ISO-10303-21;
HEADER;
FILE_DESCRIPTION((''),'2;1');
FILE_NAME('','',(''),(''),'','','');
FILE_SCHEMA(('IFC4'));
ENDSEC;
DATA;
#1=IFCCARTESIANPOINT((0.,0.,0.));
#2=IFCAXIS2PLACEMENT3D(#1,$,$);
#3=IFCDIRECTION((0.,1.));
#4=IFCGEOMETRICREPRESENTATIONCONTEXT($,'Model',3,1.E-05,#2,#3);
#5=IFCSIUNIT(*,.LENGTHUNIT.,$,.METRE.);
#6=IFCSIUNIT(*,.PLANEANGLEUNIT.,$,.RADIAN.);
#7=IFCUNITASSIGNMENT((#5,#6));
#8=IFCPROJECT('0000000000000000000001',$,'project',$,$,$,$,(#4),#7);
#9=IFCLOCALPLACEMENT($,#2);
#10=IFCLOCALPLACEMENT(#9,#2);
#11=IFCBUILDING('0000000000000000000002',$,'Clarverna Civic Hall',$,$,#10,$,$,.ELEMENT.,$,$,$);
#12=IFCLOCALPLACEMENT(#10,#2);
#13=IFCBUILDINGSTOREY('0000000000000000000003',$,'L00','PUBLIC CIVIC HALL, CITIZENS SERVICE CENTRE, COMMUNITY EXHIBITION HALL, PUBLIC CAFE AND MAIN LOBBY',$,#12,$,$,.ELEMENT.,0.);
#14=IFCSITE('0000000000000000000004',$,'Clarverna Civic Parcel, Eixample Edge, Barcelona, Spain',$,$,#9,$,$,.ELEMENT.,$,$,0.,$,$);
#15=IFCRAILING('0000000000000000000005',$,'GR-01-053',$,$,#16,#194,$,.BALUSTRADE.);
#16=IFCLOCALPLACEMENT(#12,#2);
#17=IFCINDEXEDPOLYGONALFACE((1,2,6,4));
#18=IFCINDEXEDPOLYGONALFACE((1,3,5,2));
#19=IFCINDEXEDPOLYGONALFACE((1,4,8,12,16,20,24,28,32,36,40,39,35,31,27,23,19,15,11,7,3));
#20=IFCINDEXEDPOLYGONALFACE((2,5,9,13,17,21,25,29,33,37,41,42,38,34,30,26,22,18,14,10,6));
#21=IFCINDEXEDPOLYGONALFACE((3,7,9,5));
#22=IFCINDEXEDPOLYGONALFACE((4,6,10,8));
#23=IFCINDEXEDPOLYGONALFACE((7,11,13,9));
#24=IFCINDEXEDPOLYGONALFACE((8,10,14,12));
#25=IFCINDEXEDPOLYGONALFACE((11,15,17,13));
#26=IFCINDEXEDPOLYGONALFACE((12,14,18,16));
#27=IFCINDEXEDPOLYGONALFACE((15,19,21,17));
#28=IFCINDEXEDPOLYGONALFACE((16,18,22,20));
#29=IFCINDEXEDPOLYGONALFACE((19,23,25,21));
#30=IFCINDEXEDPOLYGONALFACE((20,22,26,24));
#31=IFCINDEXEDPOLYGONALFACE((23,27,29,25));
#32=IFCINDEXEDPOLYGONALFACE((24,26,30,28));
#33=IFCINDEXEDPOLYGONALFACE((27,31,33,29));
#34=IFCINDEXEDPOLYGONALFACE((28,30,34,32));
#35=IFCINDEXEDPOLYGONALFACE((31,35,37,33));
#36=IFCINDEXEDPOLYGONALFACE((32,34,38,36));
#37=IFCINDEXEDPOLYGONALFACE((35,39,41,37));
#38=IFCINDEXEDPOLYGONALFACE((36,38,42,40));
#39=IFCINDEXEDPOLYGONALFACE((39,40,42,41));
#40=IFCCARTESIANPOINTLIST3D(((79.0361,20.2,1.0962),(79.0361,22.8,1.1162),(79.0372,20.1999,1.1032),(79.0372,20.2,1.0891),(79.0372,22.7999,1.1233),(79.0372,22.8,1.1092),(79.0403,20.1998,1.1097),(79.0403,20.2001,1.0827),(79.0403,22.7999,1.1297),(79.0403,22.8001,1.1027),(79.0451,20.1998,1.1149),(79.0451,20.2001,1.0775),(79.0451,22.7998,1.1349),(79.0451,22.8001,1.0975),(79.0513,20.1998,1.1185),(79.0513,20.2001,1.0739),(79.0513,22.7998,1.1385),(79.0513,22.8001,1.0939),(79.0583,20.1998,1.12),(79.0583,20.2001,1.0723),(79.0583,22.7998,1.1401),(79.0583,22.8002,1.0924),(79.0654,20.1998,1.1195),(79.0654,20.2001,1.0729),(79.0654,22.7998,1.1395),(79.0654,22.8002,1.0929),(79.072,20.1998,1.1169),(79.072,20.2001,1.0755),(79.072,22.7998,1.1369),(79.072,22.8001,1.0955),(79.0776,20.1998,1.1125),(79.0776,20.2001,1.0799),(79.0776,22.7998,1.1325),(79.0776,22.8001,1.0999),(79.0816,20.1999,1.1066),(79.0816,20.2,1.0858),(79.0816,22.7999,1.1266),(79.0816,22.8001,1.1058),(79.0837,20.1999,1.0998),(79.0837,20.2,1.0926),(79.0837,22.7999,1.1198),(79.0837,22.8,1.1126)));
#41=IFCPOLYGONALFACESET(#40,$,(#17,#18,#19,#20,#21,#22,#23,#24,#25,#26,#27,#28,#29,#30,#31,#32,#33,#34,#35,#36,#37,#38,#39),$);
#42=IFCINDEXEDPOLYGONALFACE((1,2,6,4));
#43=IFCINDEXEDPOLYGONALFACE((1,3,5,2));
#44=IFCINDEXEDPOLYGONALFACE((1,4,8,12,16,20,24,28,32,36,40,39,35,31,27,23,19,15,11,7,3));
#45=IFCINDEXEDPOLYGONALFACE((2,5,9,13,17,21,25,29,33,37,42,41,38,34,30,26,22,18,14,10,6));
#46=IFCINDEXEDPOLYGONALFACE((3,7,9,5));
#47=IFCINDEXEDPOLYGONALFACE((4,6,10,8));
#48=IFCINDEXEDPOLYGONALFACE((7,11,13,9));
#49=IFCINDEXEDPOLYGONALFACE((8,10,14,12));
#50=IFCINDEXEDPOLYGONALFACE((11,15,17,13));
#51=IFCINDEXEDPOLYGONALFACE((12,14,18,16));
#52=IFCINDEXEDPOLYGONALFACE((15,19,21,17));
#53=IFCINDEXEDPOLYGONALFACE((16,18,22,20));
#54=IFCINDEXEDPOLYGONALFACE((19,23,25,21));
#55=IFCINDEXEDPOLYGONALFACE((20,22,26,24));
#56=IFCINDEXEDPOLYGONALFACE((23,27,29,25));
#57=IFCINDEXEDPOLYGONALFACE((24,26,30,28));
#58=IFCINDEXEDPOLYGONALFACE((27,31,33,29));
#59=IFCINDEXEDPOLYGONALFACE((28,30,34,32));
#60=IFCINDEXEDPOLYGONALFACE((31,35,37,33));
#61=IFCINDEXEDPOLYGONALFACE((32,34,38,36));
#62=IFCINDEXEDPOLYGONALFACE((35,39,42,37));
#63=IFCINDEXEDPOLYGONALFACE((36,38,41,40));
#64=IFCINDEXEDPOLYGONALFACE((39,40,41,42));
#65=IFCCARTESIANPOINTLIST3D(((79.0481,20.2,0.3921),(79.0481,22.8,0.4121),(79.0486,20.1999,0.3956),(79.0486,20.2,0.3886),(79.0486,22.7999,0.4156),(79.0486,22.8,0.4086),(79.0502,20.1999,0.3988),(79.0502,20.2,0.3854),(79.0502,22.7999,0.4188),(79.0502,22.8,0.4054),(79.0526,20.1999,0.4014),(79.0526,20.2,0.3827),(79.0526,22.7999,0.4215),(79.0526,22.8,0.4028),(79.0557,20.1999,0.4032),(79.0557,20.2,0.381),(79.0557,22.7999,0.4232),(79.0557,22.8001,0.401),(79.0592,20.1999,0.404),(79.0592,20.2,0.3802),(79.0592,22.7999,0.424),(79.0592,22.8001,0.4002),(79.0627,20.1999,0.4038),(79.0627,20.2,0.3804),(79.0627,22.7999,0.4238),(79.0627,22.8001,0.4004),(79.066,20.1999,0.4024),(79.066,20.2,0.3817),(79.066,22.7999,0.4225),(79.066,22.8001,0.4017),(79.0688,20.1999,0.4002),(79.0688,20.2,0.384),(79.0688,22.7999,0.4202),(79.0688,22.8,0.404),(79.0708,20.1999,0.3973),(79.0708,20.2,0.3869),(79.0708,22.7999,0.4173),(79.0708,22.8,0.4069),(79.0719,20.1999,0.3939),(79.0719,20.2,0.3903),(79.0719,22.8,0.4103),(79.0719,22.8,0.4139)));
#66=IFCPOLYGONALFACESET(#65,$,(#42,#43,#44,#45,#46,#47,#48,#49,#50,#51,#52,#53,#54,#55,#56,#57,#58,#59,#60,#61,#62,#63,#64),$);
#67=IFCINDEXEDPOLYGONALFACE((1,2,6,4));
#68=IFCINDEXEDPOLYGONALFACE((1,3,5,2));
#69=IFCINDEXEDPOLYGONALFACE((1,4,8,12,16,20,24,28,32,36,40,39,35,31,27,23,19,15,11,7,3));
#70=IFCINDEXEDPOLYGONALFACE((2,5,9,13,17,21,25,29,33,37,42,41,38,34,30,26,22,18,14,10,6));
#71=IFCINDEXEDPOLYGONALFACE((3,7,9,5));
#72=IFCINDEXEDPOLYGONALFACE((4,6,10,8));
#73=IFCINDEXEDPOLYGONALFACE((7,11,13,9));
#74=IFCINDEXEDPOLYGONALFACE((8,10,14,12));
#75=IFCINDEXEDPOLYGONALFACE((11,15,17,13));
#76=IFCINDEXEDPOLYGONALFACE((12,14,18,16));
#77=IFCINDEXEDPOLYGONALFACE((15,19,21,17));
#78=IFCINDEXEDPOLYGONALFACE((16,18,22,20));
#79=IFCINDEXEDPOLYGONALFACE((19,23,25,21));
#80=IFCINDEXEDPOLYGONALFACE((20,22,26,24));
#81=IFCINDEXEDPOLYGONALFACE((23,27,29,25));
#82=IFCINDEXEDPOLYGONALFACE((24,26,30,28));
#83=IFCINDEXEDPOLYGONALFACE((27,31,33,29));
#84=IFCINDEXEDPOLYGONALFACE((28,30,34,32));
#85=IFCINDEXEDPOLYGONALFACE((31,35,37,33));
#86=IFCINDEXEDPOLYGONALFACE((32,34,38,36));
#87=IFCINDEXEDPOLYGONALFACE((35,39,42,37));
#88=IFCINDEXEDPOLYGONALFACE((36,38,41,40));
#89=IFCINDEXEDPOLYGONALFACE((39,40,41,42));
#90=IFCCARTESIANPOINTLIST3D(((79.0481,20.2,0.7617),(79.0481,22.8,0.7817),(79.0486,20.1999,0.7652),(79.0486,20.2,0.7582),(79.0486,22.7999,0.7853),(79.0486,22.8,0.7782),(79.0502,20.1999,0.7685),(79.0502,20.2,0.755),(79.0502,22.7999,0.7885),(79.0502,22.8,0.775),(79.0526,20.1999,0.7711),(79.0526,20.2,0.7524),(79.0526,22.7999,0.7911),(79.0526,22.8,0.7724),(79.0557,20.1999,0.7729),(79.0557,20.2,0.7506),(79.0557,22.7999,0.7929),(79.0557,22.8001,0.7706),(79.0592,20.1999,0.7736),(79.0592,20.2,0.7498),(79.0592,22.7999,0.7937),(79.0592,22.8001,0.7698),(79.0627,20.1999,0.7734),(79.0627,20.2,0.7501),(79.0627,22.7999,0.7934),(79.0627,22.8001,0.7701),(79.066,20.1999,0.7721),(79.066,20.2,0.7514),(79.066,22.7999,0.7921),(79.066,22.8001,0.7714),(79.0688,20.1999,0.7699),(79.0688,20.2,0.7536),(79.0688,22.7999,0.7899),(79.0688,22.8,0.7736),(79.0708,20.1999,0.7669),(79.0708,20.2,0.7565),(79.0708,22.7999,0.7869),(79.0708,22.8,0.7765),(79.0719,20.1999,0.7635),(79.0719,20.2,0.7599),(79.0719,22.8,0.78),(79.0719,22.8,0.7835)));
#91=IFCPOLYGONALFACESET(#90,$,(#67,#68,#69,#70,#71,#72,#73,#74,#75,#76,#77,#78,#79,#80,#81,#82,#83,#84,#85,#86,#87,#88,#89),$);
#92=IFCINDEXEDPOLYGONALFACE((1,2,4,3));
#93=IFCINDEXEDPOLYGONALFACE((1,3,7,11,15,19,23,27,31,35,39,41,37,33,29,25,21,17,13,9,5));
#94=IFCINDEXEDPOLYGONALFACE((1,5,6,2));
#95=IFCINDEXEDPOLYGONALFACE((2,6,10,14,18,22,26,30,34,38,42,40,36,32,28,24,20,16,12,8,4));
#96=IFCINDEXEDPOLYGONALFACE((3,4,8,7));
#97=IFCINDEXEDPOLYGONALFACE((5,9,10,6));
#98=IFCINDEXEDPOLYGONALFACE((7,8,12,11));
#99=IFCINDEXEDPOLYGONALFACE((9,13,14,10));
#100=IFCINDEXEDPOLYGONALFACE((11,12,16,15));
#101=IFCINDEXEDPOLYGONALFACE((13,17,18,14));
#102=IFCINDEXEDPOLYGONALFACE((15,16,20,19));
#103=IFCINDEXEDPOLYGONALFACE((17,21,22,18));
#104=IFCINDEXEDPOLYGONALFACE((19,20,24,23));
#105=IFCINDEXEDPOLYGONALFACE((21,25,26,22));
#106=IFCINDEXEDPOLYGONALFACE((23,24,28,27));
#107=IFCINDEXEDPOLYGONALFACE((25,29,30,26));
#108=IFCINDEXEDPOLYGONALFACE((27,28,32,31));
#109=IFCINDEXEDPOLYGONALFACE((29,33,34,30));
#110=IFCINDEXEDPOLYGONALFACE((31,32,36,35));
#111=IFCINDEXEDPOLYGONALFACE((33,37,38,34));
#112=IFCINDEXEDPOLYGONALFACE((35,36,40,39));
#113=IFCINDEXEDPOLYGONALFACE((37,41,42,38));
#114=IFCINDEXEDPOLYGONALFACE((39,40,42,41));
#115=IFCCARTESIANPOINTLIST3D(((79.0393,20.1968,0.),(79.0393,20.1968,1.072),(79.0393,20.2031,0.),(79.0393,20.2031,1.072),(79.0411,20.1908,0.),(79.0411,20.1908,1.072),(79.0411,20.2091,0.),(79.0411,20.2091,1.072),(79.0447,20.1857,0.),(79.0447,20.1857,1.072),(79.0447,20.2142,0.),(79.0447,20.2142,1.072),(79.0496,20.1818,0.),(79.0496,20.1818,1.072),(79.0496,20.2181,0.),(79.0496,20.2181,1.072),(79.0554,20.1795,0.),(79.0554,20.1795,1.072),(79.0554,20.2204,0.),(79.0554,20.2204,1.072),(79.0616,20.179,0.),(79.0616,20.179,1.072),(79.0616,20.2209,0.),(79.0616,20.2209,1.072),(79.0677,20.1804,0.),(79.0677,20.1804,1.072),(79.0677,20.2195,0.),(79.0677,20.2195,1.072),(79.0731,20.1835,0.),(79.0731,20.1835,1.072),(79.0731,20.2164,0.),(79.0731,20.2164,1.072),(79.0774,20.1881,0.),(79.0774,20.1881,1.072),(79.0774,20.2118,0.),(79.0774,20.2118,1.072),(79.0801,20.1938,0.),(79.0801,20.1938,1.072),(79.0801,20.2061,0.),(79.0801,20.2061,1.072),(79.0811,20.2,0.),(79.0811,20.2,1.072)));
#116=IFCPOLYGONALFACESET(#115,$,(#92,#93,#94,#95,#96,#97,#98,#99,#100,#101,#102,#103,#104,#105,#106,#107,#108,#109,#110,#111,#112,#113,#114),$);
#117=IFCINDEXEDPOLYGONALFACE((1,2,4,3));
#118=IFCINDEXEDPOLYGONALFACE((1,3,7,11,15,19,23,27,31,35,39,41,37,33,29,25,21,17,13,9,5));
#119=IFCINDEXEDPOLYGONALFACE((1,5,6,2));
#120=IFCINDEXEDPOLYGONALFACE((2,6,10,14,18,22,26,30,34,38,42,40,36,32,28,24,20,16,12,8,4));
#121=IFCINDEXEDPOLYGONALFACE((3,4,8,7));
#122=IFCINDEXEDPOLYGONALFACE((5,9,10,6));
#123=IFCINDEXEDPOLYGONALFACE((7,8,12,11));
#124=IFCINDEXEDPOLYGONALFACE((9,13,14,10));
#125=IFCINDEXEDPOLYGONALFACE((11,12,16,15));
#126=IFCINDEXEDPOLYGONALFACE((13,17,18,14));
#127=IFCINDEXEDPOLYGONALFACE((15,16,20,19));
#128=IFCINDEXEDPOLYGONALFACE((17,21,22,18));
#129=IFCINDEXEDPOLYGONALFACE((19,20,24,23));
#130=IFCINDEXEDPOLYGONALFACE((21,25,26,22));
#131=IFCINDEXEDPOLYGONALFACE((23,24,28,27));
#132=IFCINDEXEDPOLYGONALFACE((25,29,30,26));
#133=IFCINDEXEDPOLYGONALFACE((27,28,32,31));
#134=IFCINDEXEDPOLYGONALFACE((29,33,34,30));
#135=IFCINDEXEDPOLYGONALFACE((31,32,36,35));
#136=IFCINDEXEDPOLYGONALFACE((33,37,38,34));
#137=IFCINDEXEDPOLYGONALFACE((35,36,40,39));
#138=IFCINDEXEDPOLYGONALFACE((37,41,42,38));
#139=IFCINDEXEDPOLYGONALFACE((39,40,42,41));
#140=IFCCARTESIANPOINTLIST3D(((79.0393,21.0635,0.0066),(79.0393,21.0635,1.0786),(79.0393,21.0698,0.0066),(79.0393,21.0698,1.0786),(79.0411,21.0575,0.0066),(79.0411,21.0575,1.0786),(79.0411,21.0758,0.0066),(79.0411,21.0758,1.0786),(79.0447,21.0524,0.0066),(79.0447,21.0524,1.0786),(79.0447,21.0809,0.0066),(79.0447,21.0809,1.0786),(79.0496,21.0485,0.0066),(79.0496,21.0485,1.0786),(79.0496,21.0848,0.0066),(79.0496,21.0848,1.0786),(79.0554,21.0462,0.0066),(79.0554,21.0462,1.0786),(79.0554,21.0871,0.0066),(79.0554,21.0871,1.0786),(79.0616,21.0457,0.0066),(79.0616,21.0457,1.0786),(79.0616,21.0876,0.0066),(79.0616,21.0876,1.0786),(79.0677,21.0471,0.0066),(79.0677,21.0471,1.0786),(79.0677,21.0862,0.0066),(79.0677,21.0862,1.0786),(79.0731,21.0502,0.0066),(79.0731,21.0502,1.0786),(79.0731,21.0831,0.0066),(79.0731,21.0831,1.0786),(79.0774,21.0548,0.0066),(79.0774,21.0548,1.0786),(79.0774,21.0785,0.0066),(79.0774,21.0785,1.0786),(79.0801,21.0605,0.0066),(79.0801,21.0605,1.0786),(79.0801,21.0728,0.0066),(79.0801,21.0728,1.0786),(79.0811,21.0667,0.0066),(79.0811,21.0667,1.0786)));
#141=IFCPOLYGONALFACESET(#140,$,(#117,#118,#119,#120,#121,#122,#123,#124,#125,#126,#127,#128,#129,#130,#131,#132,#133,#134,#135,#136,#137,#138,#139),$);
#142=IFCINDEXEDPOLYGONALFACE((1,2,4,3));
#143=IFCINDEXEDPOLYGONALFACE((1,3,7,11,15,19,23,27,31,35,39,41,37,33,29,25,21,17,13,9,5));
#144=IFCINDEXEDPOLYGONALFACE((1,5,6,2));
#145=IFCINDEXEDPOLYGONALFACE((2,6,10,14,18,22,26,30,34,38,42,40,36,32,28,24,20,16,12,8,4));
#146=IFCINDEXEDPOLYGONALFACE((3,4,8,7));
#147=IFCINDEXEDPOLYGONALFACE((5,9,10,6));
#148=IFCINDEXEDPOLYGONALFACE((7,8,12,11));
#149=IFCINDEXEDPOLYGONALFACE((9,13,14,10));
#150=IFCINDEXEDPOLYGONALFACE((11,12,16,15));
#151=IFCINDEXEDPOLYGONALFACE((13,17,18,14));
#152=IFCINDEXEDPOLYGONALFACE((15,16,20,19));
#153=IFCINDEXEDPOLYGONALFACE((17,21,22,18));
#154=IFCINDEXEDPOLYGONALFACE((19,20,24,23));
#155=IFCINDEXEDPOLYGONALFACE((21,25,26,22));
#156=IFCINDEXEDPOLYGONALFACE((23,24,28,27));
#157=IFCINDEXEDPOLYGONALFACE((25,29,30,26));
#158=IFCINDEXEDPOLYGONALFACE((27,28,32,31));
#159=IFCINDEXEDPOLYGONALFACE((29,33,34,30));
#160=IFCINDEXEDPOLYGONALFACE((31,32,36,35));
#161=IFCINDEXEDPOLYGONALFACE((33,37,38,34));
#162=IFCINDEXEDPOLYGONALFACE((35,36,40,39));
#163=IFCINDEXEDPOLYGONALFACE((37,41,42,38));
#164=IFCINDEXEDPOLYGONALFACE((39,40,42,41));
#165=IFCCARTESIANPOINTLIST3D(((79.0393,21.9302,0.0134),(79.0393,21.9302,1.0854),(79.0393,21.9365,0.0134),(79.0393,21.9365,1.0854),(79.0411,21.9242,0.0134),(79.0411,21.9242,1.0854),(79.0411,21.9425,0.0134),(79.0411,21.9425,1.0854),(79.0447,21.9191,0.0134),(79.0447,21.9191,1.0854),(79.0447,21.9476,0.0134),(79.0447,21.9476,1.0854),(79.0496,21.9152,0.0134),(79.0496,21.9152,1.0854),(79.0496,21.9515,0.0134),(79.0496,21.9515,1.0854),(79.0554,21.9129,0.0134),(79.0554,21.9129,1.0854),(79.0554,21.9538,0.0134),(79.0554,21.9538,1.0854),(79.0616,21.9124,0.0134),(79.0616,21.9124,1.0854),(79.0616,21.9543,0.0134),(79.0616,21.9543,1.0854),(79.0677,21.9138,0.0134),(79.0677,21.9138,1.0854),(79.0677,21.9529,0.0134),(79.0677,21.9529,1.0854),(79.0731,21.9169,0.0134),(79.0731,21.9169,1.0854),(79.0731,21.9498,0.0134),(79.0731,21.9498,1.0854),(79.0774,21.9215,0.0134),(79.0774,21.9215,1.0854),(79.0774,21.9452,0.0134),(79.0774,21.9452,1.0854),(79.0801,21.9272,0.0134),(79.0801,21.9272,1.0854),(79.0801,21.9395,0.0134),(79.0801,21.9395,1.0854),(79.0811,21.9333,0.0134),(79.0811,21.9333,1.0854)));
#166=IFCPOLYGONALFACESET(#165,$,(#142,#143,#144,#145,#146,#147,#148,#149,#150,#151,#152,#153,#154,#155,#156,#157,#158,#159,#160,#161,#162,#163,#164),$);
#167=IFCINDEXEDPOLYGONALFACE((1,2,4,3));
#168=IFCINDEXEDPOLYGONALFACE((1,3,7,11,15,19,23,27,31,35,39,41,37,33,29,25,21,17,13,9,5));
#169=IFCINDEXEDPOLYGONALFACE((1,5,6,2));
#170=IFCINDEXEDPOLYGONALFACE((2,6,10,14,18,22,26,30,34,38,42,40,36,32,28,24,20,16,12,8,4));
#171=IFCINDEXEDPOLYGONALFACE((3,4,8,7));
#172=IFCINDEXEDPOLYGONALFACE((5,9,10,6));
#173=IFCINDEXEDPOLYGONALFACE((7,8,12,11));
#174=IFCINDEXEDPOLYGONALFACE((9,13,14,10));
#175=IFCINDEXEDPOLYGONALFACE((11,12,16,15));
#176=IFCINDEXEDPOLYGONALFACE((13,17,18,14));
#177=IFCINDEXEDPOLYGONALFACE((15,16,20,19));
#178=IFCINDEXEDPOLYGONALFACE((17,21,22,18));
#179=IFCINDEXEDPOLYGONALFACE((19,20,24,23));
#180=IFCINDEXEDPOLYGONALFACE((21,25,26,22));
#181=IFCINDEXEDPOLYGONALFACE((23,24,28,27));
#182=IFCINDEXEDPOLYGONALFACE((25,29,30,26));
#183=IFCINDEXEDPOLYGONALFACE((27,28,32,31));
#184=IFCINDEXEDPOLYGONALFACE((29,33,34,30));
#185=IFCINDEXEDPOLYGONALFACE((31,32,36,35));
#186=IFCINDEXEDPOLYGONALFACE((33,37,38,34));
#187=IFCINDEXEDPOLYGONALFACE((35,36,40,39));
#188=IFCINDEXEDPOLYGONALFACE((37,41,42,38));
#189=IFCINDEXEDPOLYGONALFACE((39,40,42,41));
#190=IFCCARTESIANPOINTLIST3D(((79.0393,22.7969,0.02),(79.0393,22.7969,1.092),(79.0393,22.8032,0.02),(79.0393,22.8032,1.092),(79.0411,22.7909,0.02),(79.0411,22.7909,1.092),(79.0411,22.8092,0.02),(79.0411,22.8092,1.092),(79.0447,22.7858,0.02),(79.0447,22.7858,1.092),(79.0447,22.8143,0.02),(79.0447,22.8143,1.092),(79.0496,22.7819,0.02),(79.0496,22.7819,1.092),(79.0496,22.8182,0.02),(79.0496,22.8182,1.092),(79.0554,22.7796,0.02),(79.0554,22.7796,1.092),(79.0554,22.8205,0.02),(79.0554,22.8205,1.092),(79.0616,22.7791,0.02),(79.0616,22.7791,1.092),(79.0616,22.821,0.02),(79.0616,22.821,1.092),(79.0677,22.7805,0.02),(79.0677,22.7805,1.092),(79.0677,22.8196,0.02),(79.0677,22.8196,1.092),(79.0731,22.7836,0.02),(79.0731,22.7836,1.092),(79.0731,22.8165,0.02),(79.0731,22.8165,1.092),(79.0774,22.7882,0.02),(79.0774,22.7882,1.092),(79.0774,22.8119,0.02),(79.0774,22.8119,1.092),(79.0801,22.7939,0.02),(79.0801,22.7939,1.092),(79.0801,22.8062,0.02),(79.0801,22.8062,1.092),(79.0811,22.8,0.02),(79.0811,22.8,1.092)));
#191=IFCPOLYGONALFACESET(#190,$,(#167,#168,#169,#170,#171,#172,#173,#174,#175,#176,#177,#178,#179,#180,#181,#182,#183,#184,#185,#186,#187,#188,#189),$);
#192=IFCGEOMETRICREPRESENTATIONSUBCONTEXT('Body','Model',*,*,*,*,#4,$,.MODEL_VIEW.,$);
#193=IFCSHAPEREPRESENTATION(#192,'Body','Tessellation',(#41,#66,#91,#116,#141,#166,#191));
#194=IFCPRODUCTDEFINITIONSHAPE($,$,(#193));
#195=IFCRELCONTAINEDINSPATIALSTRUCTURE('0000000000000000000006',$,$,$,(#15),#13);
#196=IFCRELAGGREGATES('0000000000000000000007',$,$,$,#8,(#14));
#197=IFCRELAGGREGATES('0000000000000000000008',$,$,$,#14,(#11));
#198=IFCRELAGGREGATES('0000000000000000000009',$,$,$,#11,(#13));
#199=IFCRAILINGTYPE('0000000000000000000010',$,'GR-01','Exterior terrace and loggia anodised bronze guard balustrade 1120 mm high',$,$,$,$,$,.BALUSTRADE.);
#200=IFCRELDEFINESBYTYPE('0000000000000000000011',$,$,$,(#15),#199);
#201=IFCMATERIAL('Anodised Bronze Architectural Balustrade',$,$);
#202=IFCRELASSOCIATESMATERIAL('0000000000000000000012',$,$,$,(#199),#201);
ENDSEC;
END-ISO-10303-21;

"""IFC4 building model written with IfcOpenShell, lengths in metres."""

from ifc_helpers import new_model, si_unit, direction, frame, origin, origin_2d, place, context, subcontext, project, spatial, circle, extrude, material, type_object, element, save


model = new_model("IFC4")

# Units and contexts
model_context = context("Model", 3, precision=1e-05, world=origin(), true_north=direction((0.0, 1.0)))
body_context = subcontext(model_context, "Body", "Model", "MODEL_VIEW")
ifc_project = project(units=[si_unit("LENGTHUNIT", "METRE"), si_unit("PLANEANGLEUNIT", "RADIAN")], contexts=[model_context])

# Site, building, storey
site_placement = place(None, origin())
site = spatial("IfcSite", under=ifc_project, at=site_placement, Name="Clarverna Civic Parcel, Eixample Edge, Barcelona, Spain", CompositionType="ELEMENT", RefElevation=0.0)
building_placement = place(site_placement, origin())
building = spatial("IfcBuilding", under=site, at=building_placement, Name="Clarverna Civic Hall", CompositionType="ELEMENT")
storey_placement = place(building_placement, origin())
storey = spatial("IfcBuildingStorey", under=building, at=storey_placement, Name="L00", Description="PUBLIC CIVIC HALL, CITIZENS SERVICE CENTRE, COMMUNITY EXHIBITION HALL, PUBLIC CAFE AND MAIN LOBBY", CompositionType="ELEMENT", Elevation=0.0)

# Railing
ifc_material_1 = material(Name="Anodised Bronze Architectural Balustrade")
railing_type = type_object("IfcRailingType", Name="GR-01", Description="Exterior terrace and loggia anodised bronze guard balustrade 1120 mm high", PredefinedType="BALUSTRADE", material=ifc_material_1)
for number, where, name in (
    (1, (79.0601, 20.2, 0.0), "GR-01-053"),
):
    element("IfcRailing", number, at=place(storey_placement, frame(where)), inside=storey, type_object=railing_type, Name=name, PredefinedType="BALUSTRADE", context=body_context, shape_type="SweptSolid", body=[
        extrude(circle(Radius=0.0239, at=origin_2d()), frame((0.0, 0.0, 1.0962), z_axis=(0.0, 0.99997, 0.007699), x_axis=(-1.0, 0.0, 0.0)), (0.0, 0.0, 1.0), 2.6001),
        extrude(circle(Radius=0.012, at=origin_2d()), frame((0.0, 0.0, 0.3921), z_axis=(0.0, 0.99997, 0.007699), x_axis=(-1.0, 0.0, 0.0)), (0.0, 0.0, 1.0), 2.6001),
        extrude(circle(Radius=0.012, at=origin_2d()), frame((0.0, 0.0, 0.7617), z_axis=(0.0, 0.99997, 0.007699), x_axis=(-1.0, 0.0, 0.0)), (0.0, 0.0, 1.0), 2.6001),
        extrude(circle(Radius=0.021, at=origin_2d()), origin(), (0.0, 0.0, 1.0), 1.072),
        extrude(circle(Radius=0.021, at=origin_2d()), frame((0.0, 0.8667, 0.0066)), (0.0, 0.0, 1.0), 1.072),
        extrude(circle(Radius=0.021, at=origin_2d()), frame((0.0, 1.7334, 0.0134)), (0.0, 0.0, 1.0), 1.072),
        extrude(circle(Radius=0.021, at=origin_2d()), frame((0.0, 2.6001, 0.02)), (0.0, 0.0, 1.0), 1.072),
    ])

save(model, "model.ifc")
